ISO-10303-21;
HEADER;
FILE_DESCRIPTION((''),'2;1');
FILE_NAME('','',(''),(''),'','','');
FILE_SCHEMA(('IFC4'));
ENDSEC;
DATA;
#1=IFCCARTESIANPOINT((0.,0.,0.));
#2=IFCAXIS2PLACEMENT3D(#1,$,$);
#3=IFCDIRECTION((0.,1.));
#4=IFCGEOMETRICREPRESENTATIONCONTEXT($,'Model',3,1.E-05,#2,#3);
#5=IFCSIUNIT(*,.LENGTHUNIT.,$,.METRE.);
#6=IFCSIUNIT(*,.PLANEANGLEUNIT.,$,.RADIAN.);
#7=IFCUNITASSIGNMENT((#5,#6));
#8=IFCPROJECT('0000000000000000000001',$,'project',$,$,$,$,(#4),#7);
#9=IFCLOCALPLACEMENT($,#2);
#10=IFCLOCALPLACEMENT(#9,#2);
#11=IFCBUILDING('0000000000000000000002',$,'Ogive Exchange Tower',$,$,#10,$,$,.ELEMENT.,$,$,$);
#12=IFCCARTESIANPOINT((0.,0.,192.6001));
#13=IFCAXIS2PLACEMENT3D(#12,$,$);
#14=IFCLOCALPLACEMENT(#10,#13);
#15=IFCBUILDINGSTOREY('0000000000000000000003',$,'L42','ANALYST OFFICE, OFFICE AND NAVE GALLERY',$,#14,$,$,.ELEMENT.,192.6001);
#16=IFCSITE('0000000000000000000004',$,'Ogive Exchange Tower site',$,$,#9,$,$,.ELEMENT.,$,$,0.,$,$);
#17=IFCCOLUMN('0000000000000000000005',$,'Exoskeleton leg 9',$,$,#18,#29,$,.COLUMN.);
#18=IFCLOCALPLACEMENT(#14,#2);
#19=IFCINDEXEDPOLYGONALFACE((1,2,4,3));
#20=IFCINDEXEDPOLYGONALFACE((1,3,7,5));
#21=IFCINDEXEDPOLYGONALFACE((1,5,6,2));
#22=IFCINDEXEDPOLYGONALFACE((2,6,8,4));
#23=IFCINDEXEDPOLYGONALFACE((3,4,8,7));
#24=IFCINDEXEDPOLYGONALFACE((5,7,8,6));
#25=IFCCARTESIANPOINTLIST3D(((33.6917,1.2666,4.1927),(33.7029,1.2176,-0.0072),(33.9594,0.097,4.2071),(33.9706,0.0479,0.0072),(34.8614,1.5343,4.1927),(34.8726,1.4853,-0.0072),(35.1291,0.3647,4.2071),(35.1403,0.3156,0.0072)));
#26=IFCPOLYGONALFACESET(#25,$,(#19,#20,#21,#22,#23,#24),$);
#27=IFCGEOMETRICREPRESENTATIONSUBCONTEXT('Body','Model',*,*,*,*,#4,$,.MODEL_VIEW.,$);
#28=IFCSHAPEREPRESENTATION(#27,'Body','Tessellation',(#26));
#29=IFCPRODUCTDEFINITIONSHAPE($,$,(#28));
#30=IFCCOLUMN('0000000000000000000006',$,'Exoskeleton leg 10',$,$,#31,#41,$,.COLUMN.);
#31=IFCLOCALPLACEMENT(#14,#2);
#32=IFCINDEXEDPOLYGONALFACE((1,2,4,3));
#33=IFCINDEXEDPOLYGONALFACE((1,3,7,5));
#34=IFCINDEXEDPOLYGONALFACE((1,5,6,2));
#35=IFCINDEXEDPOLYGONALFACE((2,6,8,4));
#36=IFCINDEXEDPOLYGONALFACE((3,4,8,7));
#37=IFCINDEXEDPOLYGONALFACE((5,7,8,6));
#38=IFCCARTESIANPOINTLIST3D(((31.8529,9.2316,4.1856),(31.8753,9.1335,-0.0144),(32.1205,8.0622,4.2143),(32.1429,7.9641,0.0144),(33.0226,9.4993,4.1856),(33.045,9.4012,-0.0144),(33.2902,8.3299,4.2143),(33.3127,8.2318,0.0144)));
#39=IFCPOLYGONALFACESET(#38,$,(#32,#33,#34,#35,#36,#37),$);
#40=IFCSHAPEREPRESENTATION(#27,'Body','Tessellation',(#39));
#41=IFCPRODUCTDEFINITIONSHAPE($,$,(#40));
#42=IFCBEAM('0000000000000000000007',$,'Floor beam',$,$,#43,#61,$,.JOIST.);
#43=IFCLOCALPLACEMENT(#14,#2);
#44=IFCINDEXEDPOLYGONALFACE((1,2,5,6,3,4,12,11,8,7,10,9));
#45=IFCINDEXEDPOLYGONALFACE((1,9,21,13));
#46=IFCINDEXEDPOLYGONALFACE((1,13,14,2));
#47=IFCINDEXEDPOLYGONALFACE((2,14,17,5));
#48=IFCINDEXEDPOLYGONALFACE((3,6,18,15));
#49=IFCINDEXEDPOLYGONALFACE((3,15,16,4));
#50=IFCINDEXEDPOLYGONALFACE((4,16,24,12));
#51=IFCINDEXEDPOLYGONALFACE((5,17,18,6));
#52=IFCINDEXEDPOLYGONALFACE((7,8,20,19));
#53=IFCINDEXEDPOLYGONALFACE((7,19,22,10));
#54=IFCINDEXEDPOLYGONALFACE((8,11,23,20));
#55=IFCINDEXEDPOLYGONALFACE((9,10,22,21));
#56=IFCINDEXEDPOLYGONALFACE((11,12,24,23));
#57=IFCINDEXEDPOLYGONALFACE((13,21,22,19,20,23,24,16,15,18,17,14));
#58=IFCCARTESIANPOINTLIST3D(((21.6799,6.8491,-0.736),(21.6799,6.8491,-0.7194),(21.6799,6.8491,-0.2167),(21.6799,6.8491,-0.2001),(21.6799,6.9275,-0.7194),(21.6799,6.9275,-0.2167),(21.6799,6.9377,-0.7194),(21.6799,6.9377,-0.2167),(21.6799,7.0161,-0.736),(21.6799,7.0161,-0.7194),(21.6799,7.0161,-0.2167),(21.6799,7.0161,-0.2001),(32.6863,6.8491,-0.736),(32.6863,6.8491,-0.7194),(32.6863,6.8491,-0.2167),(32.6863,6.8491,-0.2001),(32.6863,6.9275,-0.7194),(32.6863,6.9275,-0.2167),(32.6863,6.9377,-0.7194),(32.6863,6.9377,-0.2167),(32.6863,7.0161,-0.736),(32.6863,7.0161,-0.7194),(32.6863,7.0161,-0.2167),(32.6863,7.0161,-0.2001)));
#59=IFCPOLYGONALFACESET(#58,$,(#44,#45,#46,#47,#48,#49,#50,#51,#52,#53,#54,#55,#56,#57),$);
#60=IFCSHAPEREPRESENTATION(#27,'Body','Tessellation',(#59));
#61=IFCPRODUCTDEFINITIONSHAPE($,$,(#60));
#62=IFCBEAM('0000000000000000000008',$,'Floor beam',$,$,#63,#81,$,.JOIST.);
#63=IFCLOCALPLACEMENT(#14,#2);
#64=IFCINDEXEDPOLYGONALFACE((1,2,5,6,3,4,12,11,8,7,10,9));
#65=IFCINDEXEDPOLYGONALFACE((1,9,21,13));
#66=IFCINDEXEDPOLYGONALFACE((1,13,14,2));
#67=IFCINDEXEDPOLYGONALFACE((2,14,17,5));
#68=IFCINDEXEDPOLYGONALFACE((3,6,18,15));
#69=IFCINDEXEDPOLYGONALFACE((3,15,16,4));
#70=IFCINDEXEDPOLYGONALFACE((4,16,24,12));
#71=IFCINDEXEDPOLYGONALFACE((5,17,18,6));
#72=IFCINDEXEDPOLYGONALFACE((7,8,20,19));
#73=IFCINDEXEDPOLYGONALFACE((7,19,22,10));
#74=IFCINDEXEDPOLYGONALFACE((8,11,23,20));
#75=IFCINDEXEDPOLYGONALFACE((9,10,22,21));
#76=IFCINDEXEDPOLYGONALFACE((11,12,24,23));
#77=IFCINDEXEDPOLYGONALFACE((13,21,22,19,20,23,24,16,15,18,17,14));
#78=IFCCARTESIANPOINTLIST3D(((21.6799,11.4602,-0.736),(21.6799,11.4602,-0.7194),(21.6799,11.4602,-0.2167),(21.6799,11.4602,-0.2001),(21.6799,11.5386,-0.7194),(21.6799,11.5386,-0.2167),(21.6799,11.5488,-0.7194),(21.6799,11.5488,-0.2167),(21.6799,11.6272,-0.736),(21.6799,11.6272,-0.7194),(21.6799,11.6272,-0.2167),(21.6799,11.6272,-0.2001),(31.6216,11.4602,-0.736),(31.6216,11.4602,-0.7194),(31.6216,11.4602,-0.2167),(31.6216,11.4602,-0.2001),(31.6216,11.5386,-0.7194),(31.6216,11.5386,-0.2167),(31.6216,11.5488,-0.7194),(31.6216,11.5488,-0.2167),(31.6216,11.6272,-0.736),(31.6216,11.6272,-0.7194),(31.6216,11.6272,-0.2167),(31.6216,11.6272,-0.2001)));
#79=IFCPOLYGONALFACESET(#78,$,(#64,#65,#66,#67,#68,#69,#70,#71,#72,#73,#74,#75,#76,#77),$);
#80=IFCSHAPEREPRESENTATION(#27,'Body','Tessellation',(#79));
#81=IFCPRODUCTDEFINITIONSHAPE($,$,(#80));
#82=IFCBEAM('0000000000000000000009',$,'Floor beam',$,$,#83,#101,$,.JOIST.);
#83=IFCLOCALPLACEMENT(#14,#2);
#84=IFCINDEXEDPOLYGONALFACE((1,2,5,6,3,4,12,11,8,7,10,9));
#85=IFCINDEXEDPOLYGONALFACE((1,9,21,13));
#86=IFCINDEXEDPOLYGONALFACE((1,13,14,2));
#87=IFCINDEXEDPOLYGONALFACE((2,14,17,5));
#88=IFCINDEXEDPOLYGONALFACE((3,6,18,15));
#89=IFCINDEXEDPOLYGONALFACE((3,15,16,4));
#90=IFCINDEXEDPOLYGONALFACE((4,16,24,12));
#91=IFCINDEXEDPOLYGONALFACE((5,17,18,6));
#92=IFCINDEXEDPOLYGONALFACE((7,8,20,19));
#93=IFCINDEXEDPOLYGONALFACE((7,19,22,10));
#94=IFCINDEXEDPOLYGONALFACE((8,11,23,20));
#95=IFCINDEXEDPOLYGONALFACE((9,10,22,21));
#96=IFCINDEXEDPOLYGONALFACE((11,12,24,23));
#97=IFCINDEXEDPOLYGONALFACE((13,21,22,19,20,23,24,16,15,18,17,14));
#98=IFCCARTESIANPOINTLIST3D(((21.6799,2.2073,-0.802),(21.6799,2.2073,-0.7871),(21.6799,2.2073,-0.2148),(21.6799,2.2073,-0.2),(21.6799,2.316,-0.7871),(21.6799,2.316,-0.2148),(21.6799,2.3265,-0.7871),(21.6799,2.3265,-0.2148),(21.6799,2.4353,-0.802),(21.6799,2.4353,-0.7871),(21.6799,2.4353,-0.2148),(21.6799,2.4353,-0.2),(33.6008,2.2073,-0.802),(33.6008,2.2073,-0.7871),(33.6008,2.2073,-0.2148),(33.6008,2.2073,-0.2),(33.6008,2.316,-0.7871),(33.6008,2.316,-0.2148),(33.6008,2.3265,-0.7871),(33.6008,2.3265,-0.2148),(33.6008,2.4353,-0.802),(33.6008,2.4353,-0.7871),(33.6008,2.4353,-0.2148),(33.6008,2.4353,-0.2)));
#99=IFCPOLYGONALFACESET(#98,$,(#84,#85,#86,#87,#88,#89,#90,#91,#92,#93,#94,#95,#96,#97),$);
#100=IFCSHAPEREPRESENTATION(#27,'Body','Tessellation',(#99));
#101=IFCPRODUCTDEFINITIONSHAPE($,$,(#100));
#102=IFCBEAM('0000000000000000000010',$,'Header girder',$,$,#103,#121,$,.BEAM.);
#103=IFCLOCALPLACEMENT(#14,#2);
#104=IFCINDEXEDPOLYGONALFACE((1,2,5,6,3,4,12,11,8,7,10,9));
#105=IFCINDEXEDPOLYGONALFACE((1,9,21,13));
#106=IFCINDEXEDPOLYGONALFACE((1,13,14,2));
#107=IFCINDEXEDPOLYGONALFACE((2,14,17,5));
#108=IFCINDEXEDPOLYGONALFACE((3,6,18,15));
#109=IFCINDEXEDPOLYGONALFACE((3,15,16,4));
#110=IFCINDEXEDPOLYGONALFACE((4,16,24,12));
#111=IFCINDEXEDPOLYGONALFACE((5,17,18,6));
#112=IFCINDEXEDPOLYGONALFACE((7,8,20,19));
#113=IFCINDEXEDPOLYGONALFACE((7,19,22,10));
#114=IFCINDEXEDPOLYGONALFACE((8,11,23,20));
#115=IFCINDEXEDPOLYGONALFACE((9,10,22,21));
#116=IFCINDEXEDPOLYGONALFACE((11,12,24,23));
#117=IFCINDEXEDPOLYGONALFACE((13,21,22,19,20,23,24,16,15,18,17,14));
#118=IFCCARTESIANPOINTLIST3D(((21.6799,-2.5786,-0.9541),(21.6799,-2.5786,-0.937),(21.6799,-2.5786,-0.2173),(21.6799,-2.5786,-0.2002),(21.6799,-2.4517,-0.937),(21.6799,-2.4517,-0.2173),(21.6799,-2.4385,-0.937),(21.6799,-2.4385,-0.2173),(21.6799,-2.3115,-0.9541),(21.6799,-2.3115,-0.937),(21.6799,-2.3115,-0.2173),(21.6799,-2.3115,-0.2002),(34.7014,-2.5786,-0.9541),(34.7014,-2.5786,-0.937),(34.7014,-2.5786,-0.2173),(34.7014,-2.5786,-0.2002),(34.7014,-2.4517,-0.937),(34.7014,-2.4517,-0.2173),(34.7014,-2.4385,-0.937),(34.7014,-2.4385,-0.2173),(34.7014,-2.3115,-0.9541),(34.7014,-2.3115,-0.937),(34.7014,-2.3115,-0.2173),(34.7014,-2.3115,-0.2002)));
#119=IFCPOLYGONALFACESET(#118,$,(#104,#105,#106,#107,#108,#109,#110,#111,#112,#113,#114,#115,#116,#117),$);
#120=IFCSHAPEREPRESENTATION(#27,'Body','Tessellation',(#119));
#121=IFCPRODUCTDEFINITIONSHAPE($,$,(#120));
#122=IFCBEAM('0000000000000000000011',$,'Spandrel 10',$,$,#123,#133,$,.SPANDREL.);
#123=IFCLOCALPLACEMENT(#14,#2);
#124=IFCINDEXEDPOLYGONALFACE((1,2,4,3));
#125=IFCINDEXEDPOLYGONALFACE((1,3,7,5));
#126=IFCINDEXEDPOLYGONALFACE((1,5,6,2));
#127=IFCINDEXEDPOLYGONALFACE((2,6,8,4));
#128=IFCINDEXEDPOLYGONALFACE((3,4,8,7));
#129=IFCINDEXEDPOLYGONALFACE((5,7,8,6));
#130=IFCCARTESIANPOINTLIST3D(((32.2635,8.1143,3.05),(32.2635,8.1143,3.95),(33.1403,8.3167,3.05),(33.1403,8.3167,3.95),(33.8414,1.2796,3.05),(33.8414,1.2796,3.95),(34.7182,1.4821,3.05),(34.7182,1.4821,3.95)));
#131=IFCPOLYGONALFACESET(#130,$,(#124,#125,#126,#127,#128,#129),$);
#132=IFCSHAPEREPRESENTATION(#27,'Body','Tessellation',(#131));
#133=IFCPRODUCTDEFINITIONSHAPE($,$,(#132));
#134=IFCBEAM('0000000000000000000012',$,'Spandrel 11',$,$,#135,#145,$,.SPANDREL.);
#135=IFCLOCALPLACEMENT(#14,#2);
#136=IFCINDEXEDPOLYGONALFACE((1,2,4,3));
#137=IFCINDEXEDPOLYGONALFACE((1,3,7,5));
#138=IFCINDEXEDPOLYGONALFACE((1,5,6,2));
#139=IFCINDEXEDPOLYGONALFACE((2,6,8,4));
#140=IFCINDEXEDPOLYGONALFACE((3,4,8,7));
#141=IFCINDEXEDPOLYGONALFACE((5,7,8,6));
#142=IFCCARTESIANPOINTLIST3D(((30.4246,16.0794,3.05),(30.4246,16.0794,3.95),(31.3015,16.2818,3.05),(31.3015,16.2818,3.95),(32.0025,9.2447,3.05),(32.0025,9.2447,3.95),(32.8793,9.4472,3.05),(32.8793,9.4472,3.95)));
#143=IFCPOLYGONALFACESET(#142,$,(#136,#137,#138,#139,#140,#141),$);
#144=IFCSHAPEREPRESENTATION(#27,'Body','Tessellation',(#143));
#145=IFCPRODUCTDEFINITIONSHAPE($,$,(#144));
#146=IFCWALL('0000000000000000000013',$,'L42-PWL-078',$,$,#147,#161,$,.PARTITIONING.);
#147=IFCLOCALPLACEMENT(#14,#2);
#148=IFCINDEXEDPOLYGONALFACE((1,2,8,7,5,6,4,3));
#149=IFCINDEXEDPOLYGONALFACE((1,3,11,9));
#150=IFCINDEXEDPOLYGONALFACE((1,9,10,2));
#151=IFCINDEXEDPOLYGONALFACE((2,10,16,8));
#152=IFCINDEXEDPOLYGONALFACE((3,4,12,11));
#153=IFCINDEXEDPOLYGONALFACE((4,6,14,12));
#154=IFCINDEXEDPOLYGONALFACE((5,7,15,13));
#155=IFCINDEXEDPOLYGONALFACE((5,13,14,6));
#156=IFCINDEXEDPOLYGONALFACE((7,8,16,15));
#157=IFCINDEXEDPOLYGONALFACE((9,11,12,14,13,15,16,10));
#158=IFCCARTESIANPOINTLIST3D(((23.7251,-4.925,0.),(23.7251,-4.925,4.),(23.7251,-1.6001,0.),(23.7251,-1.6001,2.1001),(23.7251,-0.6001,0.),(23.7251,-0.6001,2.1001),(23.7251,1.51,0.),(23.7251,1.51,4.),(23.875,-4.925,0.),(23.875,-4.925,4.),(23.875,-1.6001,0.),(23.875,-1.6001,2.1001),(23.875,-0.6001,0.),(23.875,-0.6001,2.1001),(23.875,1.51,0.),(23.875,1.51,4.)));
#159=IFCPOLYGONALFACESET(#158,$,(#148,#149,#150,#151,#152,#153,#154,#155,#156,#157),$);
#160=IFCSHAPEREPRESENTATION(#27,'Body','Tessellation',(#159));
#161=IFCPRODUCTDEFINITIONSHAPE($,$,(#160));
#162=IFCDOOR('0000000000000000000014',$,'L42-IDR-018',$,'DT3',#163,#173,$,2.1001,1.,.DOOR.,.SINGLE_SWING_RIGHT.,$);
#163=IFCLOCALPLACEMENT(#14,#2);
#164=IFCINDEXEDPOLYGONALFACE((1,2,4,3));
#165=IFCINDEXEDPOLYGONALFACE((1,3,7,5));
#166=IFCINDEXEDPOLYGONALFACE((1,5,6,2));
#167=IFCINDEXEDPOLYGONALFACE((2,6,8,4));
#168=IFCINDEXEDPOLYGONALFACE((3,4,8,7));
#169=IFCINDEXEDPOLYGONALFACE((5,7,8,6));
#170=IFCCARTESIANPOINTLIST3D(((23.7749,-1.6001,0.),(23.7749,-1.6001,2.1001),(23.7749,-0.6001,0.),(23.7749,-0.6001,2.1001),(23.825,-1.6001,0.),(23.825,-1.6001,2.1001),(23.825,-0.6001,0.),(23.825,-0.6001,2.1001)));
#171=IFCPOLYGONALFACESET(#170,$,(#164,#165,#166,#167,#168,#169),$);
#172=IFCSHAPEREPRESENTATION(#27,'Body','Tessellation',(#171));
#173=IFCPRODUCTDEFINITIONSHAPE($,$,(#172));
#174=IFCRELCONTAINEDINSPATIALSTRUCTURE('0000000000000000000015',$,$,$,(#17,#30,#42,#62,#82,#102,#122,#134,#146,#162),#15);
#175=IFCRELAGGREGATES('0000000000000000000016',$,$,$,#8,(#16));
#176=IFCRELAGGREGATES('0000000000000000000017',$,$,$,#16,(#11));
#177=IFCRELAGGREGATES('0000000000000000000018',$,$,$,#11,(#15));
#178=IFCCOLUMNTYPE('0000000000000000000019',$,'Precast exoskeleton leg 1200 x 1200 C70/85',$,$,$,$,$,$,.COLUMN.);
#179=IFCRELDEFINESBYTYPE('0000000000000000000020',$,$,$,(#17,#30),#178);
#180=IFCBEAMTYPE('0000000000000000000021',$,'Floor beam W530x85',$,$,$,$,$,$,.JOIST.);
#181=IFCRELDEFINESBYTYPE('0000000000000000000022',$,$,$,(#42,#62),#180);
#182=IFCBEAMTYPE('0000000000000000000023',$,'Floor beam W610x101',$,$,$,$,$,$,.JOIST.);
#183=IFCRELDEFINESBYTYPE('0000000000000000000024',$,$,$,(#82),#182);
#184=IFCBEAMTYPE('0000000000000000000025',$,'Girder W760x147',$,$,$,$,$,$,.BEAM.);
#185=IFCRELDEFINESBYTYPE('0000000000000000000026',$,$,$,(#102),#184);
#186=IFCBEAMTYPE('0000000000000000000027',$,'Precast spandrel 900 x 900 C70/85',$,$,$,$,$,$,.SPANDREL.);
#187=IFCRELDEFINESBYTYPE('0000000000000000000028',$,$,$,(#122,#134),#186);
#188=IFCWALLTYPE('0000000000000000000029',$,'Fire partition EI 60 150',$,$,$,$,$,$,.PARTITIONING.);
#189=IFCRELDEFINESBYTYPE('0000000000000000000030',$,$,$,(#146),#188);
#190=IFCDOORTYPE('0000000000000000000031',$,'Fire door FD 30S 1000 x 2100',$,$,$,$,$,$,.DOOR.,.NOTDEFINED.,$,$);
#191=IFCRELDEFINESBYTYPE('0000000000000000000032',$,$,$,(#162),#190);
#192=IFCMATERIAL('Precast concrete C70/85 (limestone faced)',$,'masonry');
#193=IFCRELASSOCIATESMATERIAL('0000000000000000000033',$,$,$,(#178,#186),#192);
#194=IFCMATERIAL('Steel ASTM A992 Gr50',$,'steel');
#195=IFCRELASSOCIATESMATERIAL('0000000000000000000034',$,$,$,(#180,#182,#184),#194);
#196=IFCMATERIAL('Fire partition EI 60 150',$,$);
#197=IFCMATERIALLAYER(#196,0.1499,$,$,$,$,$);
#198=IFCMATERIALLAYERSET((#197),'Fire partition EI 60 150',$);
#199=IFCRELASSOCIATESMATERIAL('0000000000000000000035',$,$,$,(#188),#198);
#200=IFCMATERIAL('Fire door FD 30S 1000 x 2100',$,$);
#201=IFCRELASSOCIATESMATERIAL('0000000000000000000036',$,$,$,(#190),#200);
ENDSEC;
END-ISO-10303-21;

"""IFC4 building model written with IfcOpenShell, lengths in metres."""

from ifc_helpers import new_model, si_unit, direction, frame, frame_2d, origin, origin_2d, place, context, subcontext, project, spatial, rectangle, i_section, extrude, material, layer, layer_set, material_profile, profile_set, type_object, element, fill, save


model = new_model("IFC4")

# Units and contexts
model_context = context("Model", 3, precision=1e-05, world=origin(), true_north=direction((0.0, 1.0)))
body_context = subcontext(model_context, "Body", "Model", "MODEL_VIEW")
ifc_project = project(units=[si_unit("LENGTHUNIT", "METRE"), si_unit("PLANEANGLEUNIT", "RADIAN")], contexts=[model_context])

# Site, building, storey
site_placement = place(None, origin())
site = spatial("IfcSite", under=ifc_project, at=site_placement, Name="Ogive Exchange Tower site", CompositionType="ELEMENT", RefElevation=0.0)
building_placement = place(site_placement, origin())
building = spatial("IfcBuilding", under=site, at=building_placement, Name="Ogive Exchange Tower", CompositionType="ELEMENT")
storey_placement = place(building_placement, frame((0.0, 0.0, 192.6001)))
storey = spatial("IfcBuildingStorey", under=building, at=storey_placement, Name="L42", Description="ANALYST OFFICE, OFFICE AND NAVE GALLERY", CompositionType="ELEMENT", Elevation=192.6001)

# Columns
ifc_material_1 = material(Name="Precast concrete C70/85 (limestone faced)", Category="masonry")
ifc_material_profile_1 = material_profile(ifc_material_1, rectangle(XDim=1.2, YDim=1.2, at=origin_2d()), Name="1200 x 1200")
ifc_profile_set_1 = profile_set([ifc_material_profile_1], Name="Precast concrete C70/85 (limestone faced)")
column_type = type_object("IfcColumnType", Name="Precast exoskeleton leg 1200 x 1200 C70/85", PredefinedType="COLUMN", material=ifc_profile_set_1)
column_1_placement = place(storey_placement, frame((34.4216, 0.7666, 0.0), z_axis=(-0.002674, 0.011683, 0.999928), x_axis=(-0.974798, -0.223088, 0.0)))
element("IfcColumn", 1, at=column_1_placement, inside=storey, type_object=column_type, Name="Exoskeleton leg 9", PredefinedType="COLUMN", context=body_context, shape_type="SweptSolid", body=[
    extrude(rectangle(XDim=1.2, YDim=1.2, at=origin_2d()), origin(), (0.0, 0.0, 1.0), 4.2002),
])
column_2_placement = place(storey_placement, frame((32.594, 8.6826, 0.0), z_axis=(-0.005346, 0.023361, 0.999713), x_axis=(-0.974798, -0.223088, 0.0)))
element("IfcColumn", 2, at=column_2_placement, inside=storey, type_object=column_type, Name="Exoskeleton leg 10", PredefinedType="COLUMN", context=body_context, shape_type="SweptSolid", body=[
    extrude(rectangle(XDim=1.2, YDim=1.2, at=origin_2d()), origin(), (0.0, 0.0, 1.0), 4.2012),
])

# Beams
ifc_material_2 = material(Name="Steel ASTM A992 Gr50", Category="steel")
ifc_material_profile_2 = material_profile(ifc_material_2, i_section(OverallWidth=0.167, OverallDepth=0.5359, WebThickness=0.0103, FlangeThickness=0.0166, at=origin_2d()), Name="W530x85")
ifc_profile_set_2 = profile_set([ifc_material_profile_2], Name="Steel ASTM A992 Gr50")
beam_type_1 = type_object("IfcBeamType", Name="Floor beam W530x85", PredefinedType="JOIST", material=ifc_profile_set_2)
beam_1_placement = place(storey_placement, frame((21.6799, 6.9326, -0.468), z_axis=(1.0, 0.0, 0.0), x_axis=(0.0, 1.0, 0.0)))
element("IfcBeam", 3, at=beam_1_placement, inside=storey, type_object=beam_type_1, Name="Floor beam", PredefinedType="JOIST", context=body_context, shape_type="SweptSolid", body=[
    extrude(i_section(OverallWidth=0.167, OverallDepth=0.5359, WebThickness=0.0103, FlangeThickness=0.0166, at=origin_2d()), origin(), (0.0, 0.0, 1.0), 11.0063),
])
beam_2_placement = place(storey_placement, frame((21.6799, 11.5437, -0.468), z_axis=(1.0, 0.0, 0.0), x_axis=(0.0, 1.0, 0.0)))
element("IfcBeam", 4, at=beam_2_placement, inside=storey, type_object=beam_type_1, Name="Floor beam", PredefinedType="JOIST", context=body_context, shape_type="SweptSolid", body=[
    extrude(i_section(OverallWidth=0.167, OverallDepth=0.5359, WebThickness=0.0103, FlangeThickness=0.0166, at=origin_2d()), origin(), (0.0, 0.0, 1.0), 9.9417),
])
ifc_material_profile_3 = material_profile(ifc_material_2, i_section(OverallWidth=0.228, OverallDepth=0.6021, WebThickness=0.0105, FlangeThickness=0.0149, at=origin_2d()), Name="W610x101")
ifc_profile_set_3 = profile_set([ifc_material_profile_3], Name="Steel ASTM A992 Gr50")
beam_type_2 = type_object("IfcBeamType", Name="Floor beam W610x101", PredefinedType="JOIST", material=ifc_profile_set_3)
beam_3_placement = place(storey_placement, frame((21.6799, 2.3213, -0.501), z_axis=(1.0, 0.0, 0.0), x_axis=(0.0, 1.0, 0.0)))
element("IfcBeam", 5, at=beam_3_placement, inside=storey, type_object=beam_type_2, Name="Floor beam", PredefinedType="JOIST", context=body_context, shape_type="SweptSolid", body=[
    extrude(i_section(OverallWidth=0.228, OverallDepth=0.6021, WebThickness=0.0105, FlangeThickness=0.0149, at=origin_2d()), origin(), (0.0, 0.0, 1.0), 11.9209),
])
ifc_material_profile_4 = material_profile(ifc_material_2, i_section(OverallWidth=0.2671, OverallDepth=0.7539, WebThickness=0.0132, FlangeThickness=0.0171, at=origin_2d()), Name="W760x147")
ifc_profile_set_4 = profile_set([ifc_material_profile_4], Name="Steel ASTM A992 Gr50")
beam_type_3 = type_object("IfcBeamType", Name="Girder W760x147", PredefinedType="BEAM", material=ifc_profile_set_4)
beam_4_placement = place(storey_placement, frame((21.6799, -2.4451, -0.5771), z_axis=(1.0, 0.0, 0.0), x_axis=(0.0, 1.0, 0.0)))
element("IfcBeam", 6, at=beam_4_placement, inside=storey, type_object=beam_type_3, Name="Header girder", PredefinedType="BEAM", context=body_context, shape_type="SweptSolid", body=[
    extrude(i_section(OverallWidth=0.2671, OverallDepth=0.7539, WebThickness=0.0132, FlangeThickness=0.0171, at=origin_2d()), origin(), (0.0, 0.0, 1.0), 13.0215),
])
ifc_material_profile_5 = material_profile(ifc_material_1, rectangle(XDim=0.8999, YDim=0.8999, at=origin_2d()), Name="900 x 900")
ifc_profile_set_5 = profile_set([ifc_material_profile_5], Name="Precast concrete C70/85 (limestone faced)")
beam_type_4 = type_object("IfcBeamType", Name="Precast spandrel 900 x 900 C70/85", PredefinedType="SPANDREL", material=ifc_profile_set_5)
for number, where, z_axis, x_axis, name in (
    (7, (34.2798, 1.3809, 3.5), (-0.224946, 0.974371, 0.0), (-0.974371, -0.224946, 0.0), "Spandrel 10"),
    (8, (32.4409, 9.3459, 3.5), (-0.224946, 0.974371, 0.0), (-0.974371, -0.224946, 0.0), "Spandrel 11"),
):
    element("IfcBeam", number, at=place(storey_placement, frame(where, z_axis=z_axis, x_axis=x_axis)), inside=storey, type_object=beam_type_4, Name=name, PredefinedType="SPANDREL", context=body_context, shape_type="SweptSolid", body=[
        extrude(rectangle(XDim=0.8999, YDim=0.8999, at=origin_2d()), origin(), (0.0, 0.0, 1.0), 7.0144),
    ])

# Wall, opening, door
ifc_material_3 = material(Name="Fire partition EI 60 150")
ifc_layer_1 = layer(ifc_material_3, 0.1499)
ifc_layer_set_1 = layer_set([ifc_layer_1], Name="Fire partition EI 60 150")
wall_type_1 = type_object("IfcWallType", Name="Fire partition EI 60 150", PredefinedType="PARTITIONING", material=ifc_layer_set_1)
wall_1_placement = place(storey_placement, frame((23.8, 1.51, 0.0), z_axis=(0.0, 0.0, 1.0), x_axis=(0.0, -1.0, 0.0)))
wall_1 = element("IfcWall", 9, at=wall_1_placement, inside=storey, type_object=wall_type_1, Name="L42-PWL-078", PredefinedType="PARTITIONING", context=body_context, shape_type="SweptSolid", body=[
    extrude(rectangle(XDim=6.4351, YDim=0.1499, at=frame_2d((3.2175, 0.0))), origin(), (0.0, 0.0, 1.0), 4.0),
])
opening_1_placement = place(wall_1_placement, frame((2.1101, 0.0, 0.0)))
opening_1 = element("IfcOpeningElement", 10, at=opening_1_placement, cuts=wall_1, PredefinedType="OPENING", context=body_context, shape_type="SweptSolid", body=[
    extrude(rectangle(XDim=1.0, YDim=2.1001, at=frame_2d((0.5, 1.05))), frame((0.0, 0.085, 0.0), z_axis=(0.0, -1.0, 0.0), x_axis=(1.0, 0.0, 0.0)), (0.0, 0.0, 1.0), 0.1699),
])
ifc_material_4 = material(Name="Fire door FD 30S 1000 x 2100")
door_type_1 = type_object("IfcDoorType", Name="Fire door FD 30S 1000 x 2100", OperationType="NOTDEFINED", PredefinedType="DOOR", material=ifc_material_4)
door_1_placement = place(opening_1_placement, origin())
door_1 = element("IfcDoor", 11, at=door_1_placement, inside=storey, type_object=door_type_1, Name="L42-IDR-018", ObjectType="DT3", OperationType="SINGLE_SWING_RIGHT", OverallHeight=2.1001, OverallWidth=1.0, PredefinedType="DOOR", context=body_context, shape_type="SweptSolid", body=[
    extrude(rectangle(XDim=1.0, YDim=2.1001, at=frame_2d((0.5, 1.05))), frame((0.0, 0.0249, 0.0), z_axis=(0.0, -1.0, 0.0), x_axis=(1.0, 0.0, 0.0)), (0.0, 0.0, 1.0), 0.05),
])
fill(opening_1, door_1)

save(model, "model.ifc")
